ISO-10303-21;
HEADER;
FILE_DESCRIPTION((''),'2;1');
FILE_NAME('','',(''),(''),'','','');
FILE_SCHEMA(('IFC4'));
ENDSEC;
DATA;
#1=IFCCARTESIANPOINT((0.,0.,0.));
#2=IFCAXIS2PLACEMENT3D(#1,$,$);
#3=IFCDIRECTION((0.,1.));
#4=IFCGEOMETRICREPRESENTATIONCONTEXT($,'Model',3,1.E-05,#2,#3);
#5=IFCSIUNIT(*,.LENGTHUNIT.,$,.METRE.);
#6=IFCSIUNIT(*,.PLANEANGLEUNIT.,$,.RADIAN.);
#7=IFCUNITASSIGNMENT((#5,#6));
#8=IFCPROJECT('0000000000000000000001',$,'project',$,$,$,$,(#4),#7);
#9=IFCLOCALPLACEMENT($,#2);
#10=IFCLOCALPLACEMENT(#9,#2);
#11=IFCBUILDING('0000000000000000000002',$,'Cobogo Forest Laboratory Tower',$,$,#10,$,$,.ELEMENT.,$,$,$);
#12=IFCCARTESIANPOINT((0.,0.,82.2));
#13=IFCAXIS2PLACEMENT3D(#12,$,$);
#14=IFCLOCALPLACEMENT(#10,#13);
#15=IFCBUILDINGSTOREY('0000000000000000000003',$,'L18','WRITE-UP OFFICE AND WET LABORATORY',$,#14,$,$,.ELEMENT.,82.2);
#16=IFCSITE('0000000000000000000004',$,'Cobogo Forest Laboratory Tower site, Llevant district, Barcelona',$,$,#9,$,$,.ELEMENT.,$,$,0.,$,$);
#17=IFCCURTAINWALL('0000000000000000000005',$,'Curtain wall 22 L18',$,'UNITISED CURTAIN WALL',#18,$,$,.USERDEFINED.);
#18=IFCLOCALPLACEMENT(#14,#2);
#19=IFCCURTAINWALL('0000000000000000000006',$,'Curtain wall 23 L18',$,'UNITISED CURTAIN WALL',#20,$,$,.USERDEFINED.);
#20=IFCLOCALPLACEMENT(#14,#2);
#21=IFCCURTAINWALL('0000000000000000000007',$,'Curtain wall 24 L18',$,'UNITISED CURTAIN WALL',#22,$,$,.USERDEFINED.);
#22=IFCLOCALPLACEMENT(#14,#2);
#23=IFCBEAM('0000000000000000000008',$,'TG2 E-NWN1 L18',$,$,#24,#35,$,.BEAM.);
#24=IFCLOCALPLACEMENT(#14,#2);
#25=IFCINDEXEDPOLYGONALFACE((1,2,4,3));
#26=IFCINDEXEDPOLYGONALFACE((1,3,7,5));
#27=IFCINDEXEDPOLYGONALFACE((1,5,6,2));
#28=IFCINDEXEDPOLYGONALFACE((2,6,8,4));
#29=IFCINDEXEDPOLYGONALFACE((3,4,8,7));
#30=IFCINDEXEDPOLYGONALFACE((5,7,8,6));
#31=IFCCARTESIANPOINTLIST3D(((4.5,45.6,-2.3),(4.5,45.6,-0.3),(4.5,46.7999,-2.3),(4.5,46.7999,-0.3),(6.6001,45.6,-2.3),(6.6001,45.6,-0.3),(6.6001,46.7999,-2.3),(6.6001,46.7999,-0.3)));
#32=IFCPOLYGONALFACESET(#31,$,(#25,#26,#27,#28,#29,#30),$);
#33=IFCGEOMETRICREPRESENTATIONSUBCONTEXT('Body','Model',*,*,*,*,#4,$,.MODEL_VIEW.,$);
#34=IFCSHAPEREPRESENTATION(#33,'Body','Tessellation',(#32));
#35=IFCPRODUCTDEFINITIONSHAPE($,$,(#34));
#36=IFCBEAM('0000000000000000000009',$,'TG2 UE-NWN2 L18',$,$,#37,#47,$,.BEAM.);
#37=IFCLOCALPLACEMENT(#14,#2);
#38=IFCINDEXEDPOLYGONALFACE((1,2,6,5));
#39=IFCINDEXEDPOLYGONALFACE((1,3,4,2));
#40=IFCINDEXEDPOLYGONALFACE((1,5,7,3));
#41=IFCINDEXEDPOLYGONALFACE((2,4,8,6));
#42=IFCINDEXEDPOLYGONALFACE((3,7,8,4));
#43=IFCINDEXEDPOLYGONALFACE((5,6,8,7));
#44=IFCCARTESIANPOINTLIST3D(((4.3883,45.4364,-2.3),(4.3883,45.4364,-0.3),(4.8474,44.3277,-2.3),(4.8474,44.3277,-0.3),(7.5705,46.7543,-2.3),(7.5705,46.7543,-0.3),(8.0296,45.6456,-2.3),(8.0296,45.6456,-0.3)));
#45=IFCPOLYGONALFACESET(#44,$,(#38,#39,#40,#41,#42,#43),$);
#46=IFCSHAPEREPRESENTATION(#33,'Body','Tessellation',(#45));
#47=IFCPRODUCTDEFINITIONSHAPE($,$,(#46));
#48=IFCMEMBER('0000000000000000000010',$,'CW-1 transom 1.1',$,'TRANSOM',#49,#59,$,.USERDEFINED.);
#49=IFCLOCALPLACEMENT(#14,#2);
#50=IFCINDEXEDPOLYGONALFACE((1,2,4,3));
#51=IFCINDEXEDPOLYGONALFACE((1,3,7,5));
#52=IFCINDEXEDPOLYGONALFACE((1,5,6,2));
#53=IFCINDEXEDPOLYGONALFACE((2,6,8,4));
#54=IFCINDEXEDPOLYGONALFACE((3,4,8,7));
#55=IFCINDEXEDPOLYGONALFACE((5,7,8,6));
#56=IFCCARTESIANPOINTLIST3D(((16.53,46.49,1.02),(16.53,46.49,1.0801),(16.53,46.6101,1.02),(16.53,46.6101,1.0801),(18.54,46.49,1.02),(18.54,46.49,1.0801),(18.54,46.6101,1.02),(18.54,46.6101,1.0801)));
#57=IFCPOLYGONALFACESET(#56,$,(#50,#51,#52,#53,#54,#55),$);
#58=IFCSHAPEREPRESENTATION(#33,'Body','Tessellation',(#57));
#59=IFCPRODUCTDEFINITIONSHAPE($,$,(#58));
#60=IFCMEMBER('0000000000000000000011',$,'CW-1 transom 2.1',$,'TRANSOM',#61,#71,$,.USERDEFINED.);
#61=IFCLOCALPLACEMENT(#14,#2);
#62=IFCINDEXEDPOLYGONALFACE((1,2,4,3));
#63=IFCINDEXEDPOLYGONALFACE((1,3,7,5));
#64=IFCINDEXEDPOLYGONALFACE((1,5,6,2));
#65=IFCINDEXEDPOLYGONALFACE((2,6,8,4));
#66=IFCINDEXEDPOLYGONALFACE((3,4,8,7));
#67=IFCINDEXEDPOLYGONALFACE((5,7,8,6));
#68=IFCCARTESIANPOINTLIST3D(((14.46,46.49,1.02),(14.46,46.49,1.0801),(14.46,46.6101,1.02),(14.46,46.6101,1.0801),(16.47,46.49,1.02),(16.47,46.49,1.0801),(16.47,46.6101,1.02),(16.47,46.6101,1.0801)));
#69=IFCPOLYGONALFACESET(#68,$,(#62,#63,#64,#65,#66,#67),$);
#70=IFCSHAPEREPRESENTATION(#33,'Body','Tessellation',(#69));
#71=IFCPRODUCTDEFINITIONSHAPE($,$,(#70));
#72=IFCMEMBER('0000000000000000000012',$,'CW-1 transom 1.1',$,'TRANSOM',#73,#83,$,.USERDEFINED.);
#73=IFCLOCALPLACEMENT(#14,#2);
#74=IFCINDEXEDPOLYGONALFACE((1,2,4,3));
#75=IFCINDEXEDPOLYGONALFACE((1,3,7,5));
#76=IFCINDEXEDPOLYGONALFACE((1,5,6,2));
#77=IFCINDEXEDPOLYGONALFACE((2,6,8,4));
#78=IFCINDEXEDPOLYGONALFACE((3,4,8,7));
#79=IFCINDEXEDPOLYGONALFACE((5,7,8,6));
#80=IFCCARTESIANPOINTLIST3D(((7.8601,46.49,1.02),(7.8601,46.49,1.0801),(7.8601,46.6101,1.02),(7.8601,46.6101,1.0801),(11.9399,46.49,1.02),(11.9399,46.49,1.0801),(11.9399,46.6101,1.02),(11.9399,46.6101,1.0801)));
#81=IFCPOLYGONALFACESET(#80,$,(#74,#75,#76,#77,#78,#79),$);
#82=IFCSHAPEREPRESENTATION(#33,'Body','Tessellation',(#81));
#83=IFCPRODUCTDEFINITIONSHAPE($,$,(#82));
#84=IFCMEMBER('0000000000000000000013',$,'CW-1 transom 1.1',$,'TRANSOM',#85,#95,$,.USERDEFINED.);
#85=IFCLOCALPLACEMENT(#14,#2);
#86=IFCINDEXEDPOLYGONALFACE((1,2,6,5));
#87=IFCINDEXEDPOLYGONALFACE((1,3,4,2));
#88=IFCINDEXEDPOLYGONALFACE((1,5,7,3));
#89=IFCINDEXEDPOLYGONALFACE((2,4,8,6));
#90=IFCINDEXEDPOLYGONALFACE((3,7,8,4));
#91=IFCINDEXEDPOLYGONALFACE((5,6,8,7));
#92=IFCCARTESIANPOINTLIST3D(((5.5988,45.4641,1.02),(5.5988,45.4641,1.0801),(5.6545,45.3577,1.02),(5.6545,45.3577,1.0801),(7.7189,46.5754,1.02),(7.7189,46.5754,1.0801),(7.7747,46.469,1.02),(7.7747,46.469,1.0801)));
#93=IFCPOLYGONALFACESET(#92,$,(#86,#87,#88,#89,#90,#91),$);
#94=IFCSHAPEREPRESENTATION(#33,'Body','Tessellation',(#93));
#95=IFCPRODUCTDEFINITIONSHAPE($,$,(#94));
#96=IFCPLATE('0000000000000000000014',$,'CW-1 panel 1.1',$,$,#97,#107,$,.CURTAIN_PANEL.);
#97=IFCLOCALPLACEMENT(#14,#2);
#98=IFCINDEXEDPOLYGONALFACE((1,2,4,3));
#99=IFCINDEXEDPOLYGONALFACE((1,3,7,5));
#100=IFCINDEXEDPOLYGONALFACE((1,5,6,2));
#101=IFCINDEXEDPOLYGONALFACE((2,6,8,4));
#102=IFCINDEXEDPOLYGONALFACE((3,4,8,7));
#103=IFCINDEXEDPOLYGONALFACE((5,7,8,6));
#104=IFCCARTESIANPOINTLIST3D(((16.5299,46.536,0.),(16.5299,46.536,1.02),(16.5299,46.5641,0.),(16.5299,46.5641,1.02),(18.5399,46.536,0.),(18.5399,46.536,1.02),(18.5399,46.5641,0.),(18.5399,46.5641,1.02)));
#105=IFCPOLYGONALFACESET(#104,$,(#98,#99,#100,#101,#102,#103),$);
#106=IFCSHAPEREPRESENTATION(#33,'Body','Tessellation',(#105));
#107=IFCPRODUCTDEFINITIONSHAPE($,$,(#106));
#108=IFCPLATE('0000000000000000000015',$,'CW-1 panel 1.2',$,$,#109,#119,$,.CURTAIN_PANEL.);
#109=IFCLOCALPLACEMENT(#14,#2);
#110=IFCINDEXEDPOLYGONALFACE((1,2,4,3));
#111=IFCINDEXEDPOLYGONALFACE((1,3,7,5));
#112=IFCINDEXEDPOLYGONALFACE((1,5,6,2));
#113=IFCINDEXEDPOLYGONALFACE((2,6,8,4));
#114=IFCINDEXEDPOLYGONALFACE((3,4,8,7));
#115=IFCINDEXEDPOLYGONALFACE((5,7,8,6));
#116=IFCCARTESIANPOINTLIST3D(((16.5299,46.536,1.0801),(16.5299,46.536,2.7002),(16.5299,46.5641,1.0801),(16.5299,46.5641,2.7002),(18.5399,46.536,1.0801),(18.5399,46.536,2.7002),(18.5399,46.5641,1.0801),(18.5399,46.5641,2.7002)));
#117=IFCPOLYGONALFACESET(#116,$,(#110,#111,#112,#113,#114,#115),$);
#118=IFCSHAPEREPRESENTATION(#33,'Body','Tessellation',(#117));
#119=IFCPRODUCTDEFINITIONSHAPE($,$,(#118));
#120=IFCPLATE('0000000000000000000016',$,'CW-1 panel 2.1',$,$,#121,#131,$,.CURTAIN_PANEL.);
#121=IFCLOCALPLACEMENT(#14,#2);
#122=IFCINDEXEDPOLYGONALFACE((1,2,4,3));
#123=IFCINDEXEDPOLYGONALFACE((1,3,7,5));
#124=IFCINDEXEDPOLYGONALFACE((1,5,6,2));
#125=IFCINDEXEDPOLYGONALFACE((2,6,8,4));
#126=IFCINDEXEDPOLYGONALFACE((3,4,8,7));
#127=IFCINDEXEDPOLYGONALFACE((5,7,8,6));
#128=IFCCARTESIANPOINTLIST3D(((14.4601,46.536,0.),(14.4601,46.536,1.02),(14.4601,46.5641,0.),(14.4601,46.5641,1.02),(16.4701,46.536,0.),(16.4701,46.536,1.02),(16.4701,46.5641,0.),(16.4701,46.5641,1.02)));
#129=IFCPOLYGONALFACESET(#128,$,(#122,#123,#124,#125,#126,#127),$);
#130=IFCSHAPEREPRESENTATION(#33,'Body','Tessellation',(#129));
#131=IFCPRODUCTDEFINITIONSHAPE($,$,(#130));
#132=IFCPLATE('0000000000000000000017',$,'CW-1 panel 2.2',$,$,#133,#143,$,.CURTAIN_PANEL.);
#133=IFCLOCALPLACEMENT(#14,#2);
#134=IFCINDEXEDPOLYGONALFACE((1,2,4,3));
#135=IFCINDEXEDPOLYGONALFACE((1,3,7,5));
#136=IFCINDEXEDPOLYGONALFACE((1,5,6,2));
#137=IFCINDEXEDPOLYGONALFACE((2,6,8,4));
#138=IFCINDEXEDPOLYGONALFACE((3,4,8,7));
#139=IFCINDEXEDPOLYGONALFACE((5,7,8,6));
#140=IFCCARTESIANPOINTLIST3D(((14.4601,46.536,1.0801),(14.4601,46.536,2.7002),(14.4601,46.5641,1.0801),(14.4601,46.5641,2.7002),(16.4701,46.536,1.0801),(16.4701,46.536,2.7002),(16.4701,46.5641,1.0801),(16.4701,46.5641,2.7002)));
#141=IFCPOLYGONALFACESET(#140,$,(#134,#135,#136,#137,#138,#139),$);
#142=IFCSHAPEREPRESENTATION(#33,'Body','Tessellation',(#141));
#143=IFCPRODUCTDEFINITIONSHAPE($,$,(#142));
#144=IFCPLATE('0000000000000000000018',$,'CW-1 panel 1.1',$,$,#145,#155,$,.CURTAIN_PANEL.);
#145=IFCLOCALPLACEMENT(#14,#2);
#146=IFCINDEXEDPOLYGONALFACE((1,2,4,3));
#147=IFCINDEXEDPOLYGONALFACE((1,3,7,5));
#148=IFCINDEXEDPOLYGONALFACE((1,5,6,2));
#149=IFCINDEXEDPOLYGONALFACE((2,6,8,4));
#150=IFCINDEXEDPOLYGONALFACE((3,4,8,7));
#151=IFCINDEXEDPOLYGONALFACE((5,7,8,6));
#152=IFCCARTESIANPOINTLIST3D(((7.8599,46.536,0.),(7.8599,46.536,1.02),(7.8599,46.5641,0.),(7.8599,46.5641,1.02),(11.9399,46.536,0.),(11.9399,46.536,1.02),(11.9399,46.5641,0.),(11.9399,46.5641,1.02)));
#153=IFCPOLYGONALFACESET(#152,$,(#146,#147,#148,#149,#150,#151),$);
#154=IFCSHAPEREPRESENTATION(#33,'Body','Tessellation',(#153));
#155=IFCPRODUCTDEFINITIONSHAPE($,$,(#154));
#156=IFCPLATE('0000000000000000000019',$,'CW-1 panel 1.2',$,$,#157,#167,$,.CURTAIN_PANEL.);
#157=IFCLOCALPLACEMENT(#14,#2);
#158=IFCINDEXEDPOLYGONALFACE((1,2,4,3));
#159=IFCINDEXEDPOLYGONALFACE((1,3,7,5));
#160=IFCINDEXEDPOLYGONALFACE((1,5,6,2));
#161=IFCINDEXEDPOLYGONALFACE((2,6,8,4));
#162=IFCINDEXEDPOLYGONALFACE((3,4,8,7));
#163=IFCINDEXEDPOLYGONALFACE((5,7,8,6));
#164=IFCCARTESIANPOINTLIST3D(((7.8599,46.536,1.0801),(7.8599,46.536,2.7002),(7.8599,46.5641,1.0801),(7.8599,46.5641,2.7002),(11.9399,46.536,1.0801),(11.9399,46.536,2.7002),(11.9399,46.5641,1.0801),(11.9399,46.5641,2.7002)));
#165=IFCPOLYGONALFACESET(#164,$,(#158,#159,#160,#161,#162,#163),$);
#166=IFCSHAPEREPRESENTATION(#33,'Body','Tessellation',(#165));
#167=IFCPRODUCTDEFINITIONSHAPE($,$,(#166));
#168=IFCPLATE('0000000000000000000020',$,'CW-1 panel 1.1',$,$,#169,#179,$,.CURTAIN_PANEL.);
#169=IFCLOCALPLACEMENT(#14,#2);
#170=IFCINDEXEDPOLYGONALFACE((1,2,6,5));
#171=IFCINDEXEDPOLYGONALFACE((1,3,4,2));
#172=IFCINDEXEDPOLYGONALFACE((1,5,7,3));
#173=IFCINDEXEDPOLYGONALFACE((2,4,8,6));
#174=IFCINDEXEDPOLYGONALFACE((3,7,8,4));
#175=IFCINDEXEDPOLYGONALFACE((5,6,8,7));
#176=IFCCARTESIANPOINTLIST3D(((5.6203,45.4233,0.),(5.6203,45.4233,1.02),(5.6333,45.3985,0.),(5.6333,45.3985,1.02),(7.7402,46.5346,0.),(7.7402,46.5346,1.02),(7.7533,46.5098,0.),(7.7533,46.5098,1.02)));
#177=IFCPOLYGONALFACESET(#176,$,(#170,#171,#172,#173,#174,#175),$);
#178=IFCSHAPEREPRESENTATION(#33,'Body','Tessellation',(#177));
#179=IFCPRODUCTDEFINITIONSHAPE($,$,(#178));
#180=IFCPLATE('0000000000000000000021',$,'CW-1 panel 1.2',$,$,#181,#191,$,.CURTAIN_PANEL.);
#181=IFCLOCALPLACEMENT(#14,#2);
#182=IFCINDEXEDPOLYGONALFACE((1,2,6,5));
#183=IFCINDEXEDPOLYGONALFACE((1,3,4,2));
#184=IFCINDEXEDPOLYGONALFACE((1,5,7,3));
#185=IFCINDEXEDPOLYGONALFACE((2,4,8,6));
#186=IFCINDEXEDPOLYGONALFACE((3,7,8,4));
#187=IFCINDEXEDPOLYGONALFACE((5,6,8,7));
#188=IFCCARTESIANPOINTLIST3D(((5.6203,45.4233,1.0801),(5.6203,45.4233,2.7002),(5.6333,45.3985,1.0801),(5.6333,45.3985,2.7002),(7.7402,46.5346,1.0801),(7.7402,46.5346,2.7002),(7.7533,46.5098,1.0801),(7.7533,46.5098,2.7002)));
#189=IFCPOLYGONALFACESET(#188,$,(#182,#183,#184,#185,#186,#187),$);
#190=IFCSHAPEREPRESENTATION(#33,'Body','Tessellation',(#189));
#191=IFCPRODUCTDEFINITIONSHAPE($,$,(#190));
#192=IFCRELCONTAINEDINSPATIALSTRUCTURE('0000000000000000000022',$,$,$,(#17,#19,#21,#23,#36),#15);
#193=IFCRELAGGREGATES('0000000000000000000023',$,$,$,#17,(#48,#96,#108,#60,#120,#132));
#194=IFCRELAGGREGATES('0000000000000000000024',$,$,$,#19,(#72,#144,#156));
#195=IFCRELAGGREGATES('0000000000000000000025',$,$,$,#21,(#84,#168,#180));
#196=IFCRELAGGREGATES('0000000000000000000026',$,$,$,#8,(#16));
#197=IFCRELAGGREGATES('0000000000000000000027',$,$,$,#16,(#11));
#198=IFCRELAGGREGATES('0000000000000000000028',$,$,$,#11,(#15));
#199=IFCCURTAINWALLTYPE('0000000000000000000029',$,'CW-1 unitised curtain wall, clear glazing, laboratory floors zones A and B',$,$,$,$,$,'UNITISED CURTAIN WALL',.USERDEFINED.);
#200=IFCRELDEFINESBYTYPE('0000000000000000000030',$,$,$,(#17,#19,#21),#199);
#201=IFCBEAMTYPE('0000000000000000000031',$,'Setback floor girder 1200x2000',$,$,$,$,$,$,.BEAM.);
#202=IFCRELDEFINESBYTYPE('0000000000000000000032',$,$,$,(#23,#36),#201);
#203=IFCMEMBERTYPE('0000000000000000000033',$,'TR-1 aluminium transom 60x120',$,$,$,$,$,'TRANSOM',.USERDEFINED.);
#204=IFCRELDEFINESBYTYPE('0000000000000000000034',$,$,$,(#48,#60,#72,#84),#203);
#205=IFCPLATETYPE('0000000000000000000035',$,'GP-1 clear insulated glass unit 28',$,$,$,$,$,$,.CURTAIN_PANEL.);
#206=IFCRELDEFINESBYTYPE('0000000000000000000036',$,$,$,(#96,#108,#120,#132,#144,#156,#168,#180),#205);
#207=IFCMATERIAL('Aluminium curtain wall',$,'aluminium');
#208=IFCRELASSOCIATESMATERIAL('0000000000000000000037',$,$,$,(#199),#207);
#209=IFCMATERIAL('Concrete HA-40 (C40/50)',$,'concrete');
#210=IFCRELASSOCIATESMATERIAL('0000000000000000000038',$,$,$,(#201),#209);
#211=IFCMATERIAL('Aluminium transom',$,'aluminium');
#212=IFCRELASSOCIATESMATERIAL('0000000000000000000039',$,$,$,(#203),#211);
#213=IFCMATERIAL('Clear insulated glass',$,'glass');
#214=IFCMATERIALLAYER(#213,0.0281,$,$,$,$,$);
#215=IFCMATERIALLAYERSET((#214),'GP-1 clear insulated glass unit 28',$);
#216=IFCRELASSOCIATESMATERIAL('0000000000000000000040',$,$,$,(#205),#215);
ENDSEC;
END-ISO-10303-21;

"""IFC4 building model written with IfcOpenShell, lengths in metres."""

from ifc_helpers import new_model, si_unit, direction, frame, origin, origin_2d, place, context, subcontext, project, spatial, rectangle, extrude, material, layer, layer_set, material_profile, profile_set, type_object, element, aggregate, save


model = new_model("IFC4")

# Units and contexts
model_context = context("Model", 3, precision=1e-05, world=origin(), true_north=direction((0.0, 1.0)))
body_context = subcontext(model_context, "Body", "Model", "MODEL_VIEW")
ifc_project = project(units=[si_unit("LENGTHUNIT", "METRE"), si_unit("PLANEANGLEUNIT", "RADIAN")], contexts=[model_context])

# Site, building, storey
site_placement = place(None, origin())
site = spatial("IfcSite", under=ifc_project, at=site_placement, Name="Cobogo Forest Laboratory Tower site, Llevant district, Barcelona", CompositionType="ELEMENT", RefElevation=0.0)
building_placement = place(site_placement, origin())
building = spatial("IfcBuilding", under=site, at=building_placement, Name="Cobogo Forest Laboratory Tower", CompositionType="ELEMENT")
storey_placement = place(building_placement, frame((0.0, 0.0, 82.2)))
storey = spatial("IfcBuildingStorey", under=building, at=storey_placement, Name="L18", Description="WRITE-UP OFFICE AND WET LABORATORY", CompositionType="ELEMENT", Elevation=82.2)

# Curtain walls
ifc_material_1 = material(Name="Aluminium curtain wall", Category="aluminium")
curtain_wall_type = type_object("IfcCurtainWallType", Name="CW-1 unitised curtain wall, clear glazing, laboratory floors zones A and B", ElementType="UNITISED CURTAIN WALL", PredefinedType="USERDEFINED", material=ifc_material_1)
curtain_wall_1_placement = place(storey_placement, origin())
curtain_wall_1 = element("IfcCurtainWall", 1, at=curtain_wall_1_placement, inside=storey, type_object=curtain_wall_type, Name="Curtain wall 22 L18", ObjectType="UNITISED CURTAIN WALL", PredefinedType="USERDEFINED")
curtain_wall_2_placement = place(storey_placement, origin())
curtain_wall_2 = element("IfcCurtainWall", 2, at=curtain_wall_2_placement, inside=storey, type_object=curtain_wall_type, Name="Curtain wall 23 L18", ObjectType="UNITISED CURTAIN WALL", PredefinedType="USERDEFINED")

# Curtain wall
curtain_wall_3_placement = place(storey_placement, origin())
curtain_wall_3 = element("IfcCurtainWall", 3, at=curtain_wall_3_placement, inside=storey, type_object=curtain_wall_type, Name="Curtain wall 24 L18", ObjectType="UNITISED CURTAIN WALL", PredefinedType="USERDEFINED")

# Beams
ifc_material_2 = material(Name="Concrete HA-40 (C40/50)", Category="concrete")
ifc_material_profile_1 = material_profile(ifc_material_2, rectangle(XDim=1.2, YDim=2.0, at=origin_2d()), Name="RC 1200x2000")
ifc_profile_set_1 = profile_set([ifc_material_profile_1], Name="Concrete HA-40 (C40/50)")
beam_type = type_object("IfcBeamType", Name="Setback floor girder 1200x2000", PredefinedType="BEAM", material=ifc_profile_set_1)
beam_1_placement = place(storey_placement, frame((6.6001, 46.2, -1.3), z_axis=(-1.0, 0.0, 0.0), x_axis=(0.0, -1.0, 0.0)))
element("IfcBeam", 4, at=beam_1_placement, inside=storey, type_object=beam_type, Name="TG2 E-NWN1 L18", PredefinedType="BEAM", context=body_context, shape_type="SweptSolid", body=[
    extrude(rectangle(XDim=1.2, YDim=2.0, at=origin_2d()), origin(), (0.0, 0.0, 1.0), 2.1001),
])
beam_2_placement = place(storey_placement, frame((7.8, 46.2, -1.3), z_axis=(-0.923901, -0.382631, 0.0), x_axis=(0.382631, -0.923901, 0.0)))
element("IfcBeam", 5, at=beam_2_placement, inside=storey, type_object=beam_type, Name="TG2 UE-NWN2 L18", PredefinedType="BEAM", context=body_context, shape_type="SweptSolid", body=[
    extrude(rectangle(XDim=1.2, YDim=2.0, at=origin_2d()), origin(), (0.0, 0.0, 1.0), 3.4443),
])

# Members
ifc_material_3 = material(Name="Aluminium transom", Category="aluminium")
ifc_material_profile_2 = material_profile(ifc_material_3, rectangle(XDim=0.1201, YDim=0.0601, at=origin_2d()), Name="AL 60x120")
ifc_profile_set_2 = profile_set([ifc_material_profile_2], Name="Aluminium transom")
member_type_1 = type_object("IfcMemberType", Name="TR-1 aluminium transom 60x120", ElementType="TRANSOM", PredefinedType="USERDEFINED", material=ifc_profile_set_2)
member_1_placement = place(storey_placement, frame((18.54, 46.55, 1.05), z_axis=(-1.0, 0.0, 0.0), x_axis=(0.0, -1.0, 0.0)))
member_1 = element("IfcMember", 6, at=member_1_placement, type_object=member_type_1, Name="CW-1 transom 1.1", ObjectType="TRANSOM", PredefinedType="USERDEFINED", context=body_context, shape_type="SweptSolid", body=[
    extrude(rectangle(XDim=0.1201, YDim=0.0601, at=origin_2d()), origin(), (0.0, 0.0, 1.0), 2.01),
])
member_2_placement = place(storey_placement, frame((16.47, 46.55, 1.05), z_axis=(-1.0, 0.0, 0.0), x_axis=(0.0, -1.0, 0.0)))
member_2 = element("IfcMember", 7, at=member_2_placement, type_object=member_type_1, Name="CW-1 transom 2.1", ObjectType="TRANSOM", PredefinedType="USERDEFINED", context=body_context, shape_type="SweptSolid", body=[
    extrude(rectangle(XDim=0.1201, YDim=0.0601, at=origin_2d()), origin(), (0.0, 0.0, 1.0), 2.01),
])
member_3_placement = place(storey_placement, frame((11.9399, 46.55, 1.05), z_axis=(-1.0, 0.0, 0.0), x_axis=(0.0, -1.0, 0.0)))
member_3 = element("IfcMember", 8, at=member_3_placement, type_object=member_type_1, Name="CW-1 transom 1.1", ObjectType="TRANSOM", PredefinedType="USERDEFINED", context=body_context, shape_type="SweptSolid", body=[
    extrude(rectangle(XDim=0.1201, YDim=0.0601, at=origin_2d()), origin(), (0.0, 0.0, 1.0), 4.0798),
])
member_4_placement = place(storey_placement, frame((7.7468, 46.5222, 1.05), z_axis=(-0.885696, -0.464266, 0.0), x_axis=(0.464266, -0.885696, 0.0)))
member_4 = element("IfcMember", 9, at=member_4_placement, type_object=member_type_1, Name="CW-1 transom 1.1", ObjectType="TRANSOM", PredefinedType="USERDEFINED", context=body_context, shape_type="SweptSolid", body=[
    extrude(rectangle(XDim=0.1201, YDim=0.0601, at=origin_2d()), origin(), (0.0, 0.0, 1.0), 2.3938),
])

# Plates
ifc_material_4 = material(Name="Clear insulated glass", Category="glass")
ifc_layer_1 = layer(ifc_material_4, 0.0281)
ifc_layer_set_1 = layer_set([ifc_layer_1], Name="GP-1 clear insulated glass unit 28")
plate_type_1 = type_object("IfcPlateType", Name="GP-1 clear insulated glass unit 28", PredefinedType="CURTAIN_PANEL", material=ifc_layer_set_1)
plate_1_placement = place(storey_placement, frame((17.5349, 46.55, 0.0), z_axis=(0.0, 0.0, 1.0), x_axis=(-1.0, 0.0, 0.0)))
plate_1 = element("IfcPlate", 10, at=plate_1_placement, type_object=plate_type_1, Name="CW-1 panel 1.1", PredefinedType="CURTAIN_PANEL", context=body_context, shape_type="SweptSolid", body=[
    extrude(rectangle(XDim=2.01, YDim=0.0281, at=origin_2d()), origin(), (0.0, 0.0, 1.0), 1.02),
])
plate_2_placement = place(storey_placement, frame((17.5349, 46.55, 1.0801), z_axis=(0.0, 0.0, 1.0), x_axis=(-1.0, 0.0, 0.0)))
plate_2 = element("IfcPlate", 11, at=plate_2_placement, type_object=plate_type_1, Name="CW-1 panel 1.2", PredefinedType="CURTAIN_PANEL", context=body_context, shape_type="SweptSolid", body=[
    extrude(rectangle(XDim=2.01, YDim=0.0281, at=origin_2d()), origin(), (0.0, 0.0, 1.0), 1.6201),
])
plate_3_placement = place(storey_placement, frame((15.4651, 46.55, 0.0), z_axis=(0.0, 0.0, 1.0), x_axis=(-1.0, 0.0, 0.0)))
plate_3 = element("IfcPlate", 12, at=plate_3_placement, type_object=plate_type_1, Name="CW-1 panel 2.1", PredefinedType="CURTAIN_PANEL", context=body_context, shape_type="SweptSolid", body=[
    extrude(rectangle(XDim=2.01, YDim=0.0281, at=origin_2d()), origin(), (0.0, 0.0, 1.0), 1.02),
])
plate_4_placement = place(storey_placement, frame((15.4651, 46.55, 1.0801), z_axis=(0.0, 0.0, 1.0), x_axis=(-1.0, 0.0, 0.0)))
plate_4 = element("IfcPlate", 13, at=plate_4_placement, type_object=plate_type_1, Name="CW-1 panel 2.2", PredefinedType="CURTAIN_PANEL", context=body_context, shape_type="SweptSolid", body=[
    extrude(rectangle(XDim=2.01, YDim=0.0281, at=origin_2d()), origin(), (0.0, 0.0, 1.0), 1.6201),
])
aggregate(curtain_wall_1, [member_1, plate_1, plate_2, member_2, plate_3, plate_4])
plate_5_placement = place(storey_placement, frame((9.8999, 46.55, 0.0), z_axis=(0.0, 0.0, 1.0), x_axis=(-1.0, 0.0, 0.0)))
plate_5 = element("IfcPlate", 14, at=plate_5_placement, type_object=plate_type_1, Name="CW-1 panel 1.1", PredefinedType="CURTAIN_PANEL", context=body_context, shape_type="SweptSolid", body=[
    extrude(rectangle(XDim=4.0801, YDim=0.0281, at=origin_2d()), origin(), (0.0, 0.0, 1.0), 1.02),
])
plate_6_placement = place(storey_placement, frame((9.8999, 46.55, 1.0801), z_axis=(0.0, 0.0, 1.0), x_axis=(-1.0, 0.0, 0.0)))
plate_6 = element("IfcPlate", 15, at=plate_6_placement, type_object=plate_type_1, Name="CW-1 panel 1.2", PredefinedType="CURTAIN_PANEL", context=body_context, shape_type="SweptSolid", body=[
    extrude(rectangle(XDim=4.0801, YDim=0.0281, at=origin_2d()), origin(), (0.0, 0.0, 1.0), 1.6201),
])
aggregate(curtain_wall_2, [member_3, plate_5, plate_6])
plate_7_placement = place(storey_placement, frame((6.6868, 45.9666, 0.0), z_axis=(0.0, 0.0, 1.0), x_axis=(-0.885687, -0.464284, 0.0)))
plate_7 = element("IfcPlate", 16, at=plate_7_placement, type_object=plate_type_1, Name="CW-1 panel 1.1", PredefinedType="CURTAIN_PANEL", context=body_context, shape_type="SweptSolid", body=[
    extrude(rectangle(XDim=2.3936, YDim=0.0281, at=origin_2d()), origin(), (0.0, 0.0, 1.0), 1.02),
])
plate_8_placement = place(storey_placement, frame((6.6868, 45.9666, 1.0801), z_axis=(0.0, 0.0, 1.0), x_axis=(-0.885687, -0.464284, 0.0)))
plate_8 = element("IfcPlate", 17, at=plate_8_placement, type_object=plate_type_1, Name="CW-1 panel 1.2", PredefinedType="CURTAIN_PANEL", context=body_context, shape_type="SweptSolid", body=[
    extrude(rectangle(XDim=2.3936, YDim=0.0281, at=origin_2d()), origin(), (0.0, 0.0, 1.0), 1.6201),
])
aggregate(curtain_wall_3, [member_4, plate_7, plate_8])

save(model, "model.ifc")
